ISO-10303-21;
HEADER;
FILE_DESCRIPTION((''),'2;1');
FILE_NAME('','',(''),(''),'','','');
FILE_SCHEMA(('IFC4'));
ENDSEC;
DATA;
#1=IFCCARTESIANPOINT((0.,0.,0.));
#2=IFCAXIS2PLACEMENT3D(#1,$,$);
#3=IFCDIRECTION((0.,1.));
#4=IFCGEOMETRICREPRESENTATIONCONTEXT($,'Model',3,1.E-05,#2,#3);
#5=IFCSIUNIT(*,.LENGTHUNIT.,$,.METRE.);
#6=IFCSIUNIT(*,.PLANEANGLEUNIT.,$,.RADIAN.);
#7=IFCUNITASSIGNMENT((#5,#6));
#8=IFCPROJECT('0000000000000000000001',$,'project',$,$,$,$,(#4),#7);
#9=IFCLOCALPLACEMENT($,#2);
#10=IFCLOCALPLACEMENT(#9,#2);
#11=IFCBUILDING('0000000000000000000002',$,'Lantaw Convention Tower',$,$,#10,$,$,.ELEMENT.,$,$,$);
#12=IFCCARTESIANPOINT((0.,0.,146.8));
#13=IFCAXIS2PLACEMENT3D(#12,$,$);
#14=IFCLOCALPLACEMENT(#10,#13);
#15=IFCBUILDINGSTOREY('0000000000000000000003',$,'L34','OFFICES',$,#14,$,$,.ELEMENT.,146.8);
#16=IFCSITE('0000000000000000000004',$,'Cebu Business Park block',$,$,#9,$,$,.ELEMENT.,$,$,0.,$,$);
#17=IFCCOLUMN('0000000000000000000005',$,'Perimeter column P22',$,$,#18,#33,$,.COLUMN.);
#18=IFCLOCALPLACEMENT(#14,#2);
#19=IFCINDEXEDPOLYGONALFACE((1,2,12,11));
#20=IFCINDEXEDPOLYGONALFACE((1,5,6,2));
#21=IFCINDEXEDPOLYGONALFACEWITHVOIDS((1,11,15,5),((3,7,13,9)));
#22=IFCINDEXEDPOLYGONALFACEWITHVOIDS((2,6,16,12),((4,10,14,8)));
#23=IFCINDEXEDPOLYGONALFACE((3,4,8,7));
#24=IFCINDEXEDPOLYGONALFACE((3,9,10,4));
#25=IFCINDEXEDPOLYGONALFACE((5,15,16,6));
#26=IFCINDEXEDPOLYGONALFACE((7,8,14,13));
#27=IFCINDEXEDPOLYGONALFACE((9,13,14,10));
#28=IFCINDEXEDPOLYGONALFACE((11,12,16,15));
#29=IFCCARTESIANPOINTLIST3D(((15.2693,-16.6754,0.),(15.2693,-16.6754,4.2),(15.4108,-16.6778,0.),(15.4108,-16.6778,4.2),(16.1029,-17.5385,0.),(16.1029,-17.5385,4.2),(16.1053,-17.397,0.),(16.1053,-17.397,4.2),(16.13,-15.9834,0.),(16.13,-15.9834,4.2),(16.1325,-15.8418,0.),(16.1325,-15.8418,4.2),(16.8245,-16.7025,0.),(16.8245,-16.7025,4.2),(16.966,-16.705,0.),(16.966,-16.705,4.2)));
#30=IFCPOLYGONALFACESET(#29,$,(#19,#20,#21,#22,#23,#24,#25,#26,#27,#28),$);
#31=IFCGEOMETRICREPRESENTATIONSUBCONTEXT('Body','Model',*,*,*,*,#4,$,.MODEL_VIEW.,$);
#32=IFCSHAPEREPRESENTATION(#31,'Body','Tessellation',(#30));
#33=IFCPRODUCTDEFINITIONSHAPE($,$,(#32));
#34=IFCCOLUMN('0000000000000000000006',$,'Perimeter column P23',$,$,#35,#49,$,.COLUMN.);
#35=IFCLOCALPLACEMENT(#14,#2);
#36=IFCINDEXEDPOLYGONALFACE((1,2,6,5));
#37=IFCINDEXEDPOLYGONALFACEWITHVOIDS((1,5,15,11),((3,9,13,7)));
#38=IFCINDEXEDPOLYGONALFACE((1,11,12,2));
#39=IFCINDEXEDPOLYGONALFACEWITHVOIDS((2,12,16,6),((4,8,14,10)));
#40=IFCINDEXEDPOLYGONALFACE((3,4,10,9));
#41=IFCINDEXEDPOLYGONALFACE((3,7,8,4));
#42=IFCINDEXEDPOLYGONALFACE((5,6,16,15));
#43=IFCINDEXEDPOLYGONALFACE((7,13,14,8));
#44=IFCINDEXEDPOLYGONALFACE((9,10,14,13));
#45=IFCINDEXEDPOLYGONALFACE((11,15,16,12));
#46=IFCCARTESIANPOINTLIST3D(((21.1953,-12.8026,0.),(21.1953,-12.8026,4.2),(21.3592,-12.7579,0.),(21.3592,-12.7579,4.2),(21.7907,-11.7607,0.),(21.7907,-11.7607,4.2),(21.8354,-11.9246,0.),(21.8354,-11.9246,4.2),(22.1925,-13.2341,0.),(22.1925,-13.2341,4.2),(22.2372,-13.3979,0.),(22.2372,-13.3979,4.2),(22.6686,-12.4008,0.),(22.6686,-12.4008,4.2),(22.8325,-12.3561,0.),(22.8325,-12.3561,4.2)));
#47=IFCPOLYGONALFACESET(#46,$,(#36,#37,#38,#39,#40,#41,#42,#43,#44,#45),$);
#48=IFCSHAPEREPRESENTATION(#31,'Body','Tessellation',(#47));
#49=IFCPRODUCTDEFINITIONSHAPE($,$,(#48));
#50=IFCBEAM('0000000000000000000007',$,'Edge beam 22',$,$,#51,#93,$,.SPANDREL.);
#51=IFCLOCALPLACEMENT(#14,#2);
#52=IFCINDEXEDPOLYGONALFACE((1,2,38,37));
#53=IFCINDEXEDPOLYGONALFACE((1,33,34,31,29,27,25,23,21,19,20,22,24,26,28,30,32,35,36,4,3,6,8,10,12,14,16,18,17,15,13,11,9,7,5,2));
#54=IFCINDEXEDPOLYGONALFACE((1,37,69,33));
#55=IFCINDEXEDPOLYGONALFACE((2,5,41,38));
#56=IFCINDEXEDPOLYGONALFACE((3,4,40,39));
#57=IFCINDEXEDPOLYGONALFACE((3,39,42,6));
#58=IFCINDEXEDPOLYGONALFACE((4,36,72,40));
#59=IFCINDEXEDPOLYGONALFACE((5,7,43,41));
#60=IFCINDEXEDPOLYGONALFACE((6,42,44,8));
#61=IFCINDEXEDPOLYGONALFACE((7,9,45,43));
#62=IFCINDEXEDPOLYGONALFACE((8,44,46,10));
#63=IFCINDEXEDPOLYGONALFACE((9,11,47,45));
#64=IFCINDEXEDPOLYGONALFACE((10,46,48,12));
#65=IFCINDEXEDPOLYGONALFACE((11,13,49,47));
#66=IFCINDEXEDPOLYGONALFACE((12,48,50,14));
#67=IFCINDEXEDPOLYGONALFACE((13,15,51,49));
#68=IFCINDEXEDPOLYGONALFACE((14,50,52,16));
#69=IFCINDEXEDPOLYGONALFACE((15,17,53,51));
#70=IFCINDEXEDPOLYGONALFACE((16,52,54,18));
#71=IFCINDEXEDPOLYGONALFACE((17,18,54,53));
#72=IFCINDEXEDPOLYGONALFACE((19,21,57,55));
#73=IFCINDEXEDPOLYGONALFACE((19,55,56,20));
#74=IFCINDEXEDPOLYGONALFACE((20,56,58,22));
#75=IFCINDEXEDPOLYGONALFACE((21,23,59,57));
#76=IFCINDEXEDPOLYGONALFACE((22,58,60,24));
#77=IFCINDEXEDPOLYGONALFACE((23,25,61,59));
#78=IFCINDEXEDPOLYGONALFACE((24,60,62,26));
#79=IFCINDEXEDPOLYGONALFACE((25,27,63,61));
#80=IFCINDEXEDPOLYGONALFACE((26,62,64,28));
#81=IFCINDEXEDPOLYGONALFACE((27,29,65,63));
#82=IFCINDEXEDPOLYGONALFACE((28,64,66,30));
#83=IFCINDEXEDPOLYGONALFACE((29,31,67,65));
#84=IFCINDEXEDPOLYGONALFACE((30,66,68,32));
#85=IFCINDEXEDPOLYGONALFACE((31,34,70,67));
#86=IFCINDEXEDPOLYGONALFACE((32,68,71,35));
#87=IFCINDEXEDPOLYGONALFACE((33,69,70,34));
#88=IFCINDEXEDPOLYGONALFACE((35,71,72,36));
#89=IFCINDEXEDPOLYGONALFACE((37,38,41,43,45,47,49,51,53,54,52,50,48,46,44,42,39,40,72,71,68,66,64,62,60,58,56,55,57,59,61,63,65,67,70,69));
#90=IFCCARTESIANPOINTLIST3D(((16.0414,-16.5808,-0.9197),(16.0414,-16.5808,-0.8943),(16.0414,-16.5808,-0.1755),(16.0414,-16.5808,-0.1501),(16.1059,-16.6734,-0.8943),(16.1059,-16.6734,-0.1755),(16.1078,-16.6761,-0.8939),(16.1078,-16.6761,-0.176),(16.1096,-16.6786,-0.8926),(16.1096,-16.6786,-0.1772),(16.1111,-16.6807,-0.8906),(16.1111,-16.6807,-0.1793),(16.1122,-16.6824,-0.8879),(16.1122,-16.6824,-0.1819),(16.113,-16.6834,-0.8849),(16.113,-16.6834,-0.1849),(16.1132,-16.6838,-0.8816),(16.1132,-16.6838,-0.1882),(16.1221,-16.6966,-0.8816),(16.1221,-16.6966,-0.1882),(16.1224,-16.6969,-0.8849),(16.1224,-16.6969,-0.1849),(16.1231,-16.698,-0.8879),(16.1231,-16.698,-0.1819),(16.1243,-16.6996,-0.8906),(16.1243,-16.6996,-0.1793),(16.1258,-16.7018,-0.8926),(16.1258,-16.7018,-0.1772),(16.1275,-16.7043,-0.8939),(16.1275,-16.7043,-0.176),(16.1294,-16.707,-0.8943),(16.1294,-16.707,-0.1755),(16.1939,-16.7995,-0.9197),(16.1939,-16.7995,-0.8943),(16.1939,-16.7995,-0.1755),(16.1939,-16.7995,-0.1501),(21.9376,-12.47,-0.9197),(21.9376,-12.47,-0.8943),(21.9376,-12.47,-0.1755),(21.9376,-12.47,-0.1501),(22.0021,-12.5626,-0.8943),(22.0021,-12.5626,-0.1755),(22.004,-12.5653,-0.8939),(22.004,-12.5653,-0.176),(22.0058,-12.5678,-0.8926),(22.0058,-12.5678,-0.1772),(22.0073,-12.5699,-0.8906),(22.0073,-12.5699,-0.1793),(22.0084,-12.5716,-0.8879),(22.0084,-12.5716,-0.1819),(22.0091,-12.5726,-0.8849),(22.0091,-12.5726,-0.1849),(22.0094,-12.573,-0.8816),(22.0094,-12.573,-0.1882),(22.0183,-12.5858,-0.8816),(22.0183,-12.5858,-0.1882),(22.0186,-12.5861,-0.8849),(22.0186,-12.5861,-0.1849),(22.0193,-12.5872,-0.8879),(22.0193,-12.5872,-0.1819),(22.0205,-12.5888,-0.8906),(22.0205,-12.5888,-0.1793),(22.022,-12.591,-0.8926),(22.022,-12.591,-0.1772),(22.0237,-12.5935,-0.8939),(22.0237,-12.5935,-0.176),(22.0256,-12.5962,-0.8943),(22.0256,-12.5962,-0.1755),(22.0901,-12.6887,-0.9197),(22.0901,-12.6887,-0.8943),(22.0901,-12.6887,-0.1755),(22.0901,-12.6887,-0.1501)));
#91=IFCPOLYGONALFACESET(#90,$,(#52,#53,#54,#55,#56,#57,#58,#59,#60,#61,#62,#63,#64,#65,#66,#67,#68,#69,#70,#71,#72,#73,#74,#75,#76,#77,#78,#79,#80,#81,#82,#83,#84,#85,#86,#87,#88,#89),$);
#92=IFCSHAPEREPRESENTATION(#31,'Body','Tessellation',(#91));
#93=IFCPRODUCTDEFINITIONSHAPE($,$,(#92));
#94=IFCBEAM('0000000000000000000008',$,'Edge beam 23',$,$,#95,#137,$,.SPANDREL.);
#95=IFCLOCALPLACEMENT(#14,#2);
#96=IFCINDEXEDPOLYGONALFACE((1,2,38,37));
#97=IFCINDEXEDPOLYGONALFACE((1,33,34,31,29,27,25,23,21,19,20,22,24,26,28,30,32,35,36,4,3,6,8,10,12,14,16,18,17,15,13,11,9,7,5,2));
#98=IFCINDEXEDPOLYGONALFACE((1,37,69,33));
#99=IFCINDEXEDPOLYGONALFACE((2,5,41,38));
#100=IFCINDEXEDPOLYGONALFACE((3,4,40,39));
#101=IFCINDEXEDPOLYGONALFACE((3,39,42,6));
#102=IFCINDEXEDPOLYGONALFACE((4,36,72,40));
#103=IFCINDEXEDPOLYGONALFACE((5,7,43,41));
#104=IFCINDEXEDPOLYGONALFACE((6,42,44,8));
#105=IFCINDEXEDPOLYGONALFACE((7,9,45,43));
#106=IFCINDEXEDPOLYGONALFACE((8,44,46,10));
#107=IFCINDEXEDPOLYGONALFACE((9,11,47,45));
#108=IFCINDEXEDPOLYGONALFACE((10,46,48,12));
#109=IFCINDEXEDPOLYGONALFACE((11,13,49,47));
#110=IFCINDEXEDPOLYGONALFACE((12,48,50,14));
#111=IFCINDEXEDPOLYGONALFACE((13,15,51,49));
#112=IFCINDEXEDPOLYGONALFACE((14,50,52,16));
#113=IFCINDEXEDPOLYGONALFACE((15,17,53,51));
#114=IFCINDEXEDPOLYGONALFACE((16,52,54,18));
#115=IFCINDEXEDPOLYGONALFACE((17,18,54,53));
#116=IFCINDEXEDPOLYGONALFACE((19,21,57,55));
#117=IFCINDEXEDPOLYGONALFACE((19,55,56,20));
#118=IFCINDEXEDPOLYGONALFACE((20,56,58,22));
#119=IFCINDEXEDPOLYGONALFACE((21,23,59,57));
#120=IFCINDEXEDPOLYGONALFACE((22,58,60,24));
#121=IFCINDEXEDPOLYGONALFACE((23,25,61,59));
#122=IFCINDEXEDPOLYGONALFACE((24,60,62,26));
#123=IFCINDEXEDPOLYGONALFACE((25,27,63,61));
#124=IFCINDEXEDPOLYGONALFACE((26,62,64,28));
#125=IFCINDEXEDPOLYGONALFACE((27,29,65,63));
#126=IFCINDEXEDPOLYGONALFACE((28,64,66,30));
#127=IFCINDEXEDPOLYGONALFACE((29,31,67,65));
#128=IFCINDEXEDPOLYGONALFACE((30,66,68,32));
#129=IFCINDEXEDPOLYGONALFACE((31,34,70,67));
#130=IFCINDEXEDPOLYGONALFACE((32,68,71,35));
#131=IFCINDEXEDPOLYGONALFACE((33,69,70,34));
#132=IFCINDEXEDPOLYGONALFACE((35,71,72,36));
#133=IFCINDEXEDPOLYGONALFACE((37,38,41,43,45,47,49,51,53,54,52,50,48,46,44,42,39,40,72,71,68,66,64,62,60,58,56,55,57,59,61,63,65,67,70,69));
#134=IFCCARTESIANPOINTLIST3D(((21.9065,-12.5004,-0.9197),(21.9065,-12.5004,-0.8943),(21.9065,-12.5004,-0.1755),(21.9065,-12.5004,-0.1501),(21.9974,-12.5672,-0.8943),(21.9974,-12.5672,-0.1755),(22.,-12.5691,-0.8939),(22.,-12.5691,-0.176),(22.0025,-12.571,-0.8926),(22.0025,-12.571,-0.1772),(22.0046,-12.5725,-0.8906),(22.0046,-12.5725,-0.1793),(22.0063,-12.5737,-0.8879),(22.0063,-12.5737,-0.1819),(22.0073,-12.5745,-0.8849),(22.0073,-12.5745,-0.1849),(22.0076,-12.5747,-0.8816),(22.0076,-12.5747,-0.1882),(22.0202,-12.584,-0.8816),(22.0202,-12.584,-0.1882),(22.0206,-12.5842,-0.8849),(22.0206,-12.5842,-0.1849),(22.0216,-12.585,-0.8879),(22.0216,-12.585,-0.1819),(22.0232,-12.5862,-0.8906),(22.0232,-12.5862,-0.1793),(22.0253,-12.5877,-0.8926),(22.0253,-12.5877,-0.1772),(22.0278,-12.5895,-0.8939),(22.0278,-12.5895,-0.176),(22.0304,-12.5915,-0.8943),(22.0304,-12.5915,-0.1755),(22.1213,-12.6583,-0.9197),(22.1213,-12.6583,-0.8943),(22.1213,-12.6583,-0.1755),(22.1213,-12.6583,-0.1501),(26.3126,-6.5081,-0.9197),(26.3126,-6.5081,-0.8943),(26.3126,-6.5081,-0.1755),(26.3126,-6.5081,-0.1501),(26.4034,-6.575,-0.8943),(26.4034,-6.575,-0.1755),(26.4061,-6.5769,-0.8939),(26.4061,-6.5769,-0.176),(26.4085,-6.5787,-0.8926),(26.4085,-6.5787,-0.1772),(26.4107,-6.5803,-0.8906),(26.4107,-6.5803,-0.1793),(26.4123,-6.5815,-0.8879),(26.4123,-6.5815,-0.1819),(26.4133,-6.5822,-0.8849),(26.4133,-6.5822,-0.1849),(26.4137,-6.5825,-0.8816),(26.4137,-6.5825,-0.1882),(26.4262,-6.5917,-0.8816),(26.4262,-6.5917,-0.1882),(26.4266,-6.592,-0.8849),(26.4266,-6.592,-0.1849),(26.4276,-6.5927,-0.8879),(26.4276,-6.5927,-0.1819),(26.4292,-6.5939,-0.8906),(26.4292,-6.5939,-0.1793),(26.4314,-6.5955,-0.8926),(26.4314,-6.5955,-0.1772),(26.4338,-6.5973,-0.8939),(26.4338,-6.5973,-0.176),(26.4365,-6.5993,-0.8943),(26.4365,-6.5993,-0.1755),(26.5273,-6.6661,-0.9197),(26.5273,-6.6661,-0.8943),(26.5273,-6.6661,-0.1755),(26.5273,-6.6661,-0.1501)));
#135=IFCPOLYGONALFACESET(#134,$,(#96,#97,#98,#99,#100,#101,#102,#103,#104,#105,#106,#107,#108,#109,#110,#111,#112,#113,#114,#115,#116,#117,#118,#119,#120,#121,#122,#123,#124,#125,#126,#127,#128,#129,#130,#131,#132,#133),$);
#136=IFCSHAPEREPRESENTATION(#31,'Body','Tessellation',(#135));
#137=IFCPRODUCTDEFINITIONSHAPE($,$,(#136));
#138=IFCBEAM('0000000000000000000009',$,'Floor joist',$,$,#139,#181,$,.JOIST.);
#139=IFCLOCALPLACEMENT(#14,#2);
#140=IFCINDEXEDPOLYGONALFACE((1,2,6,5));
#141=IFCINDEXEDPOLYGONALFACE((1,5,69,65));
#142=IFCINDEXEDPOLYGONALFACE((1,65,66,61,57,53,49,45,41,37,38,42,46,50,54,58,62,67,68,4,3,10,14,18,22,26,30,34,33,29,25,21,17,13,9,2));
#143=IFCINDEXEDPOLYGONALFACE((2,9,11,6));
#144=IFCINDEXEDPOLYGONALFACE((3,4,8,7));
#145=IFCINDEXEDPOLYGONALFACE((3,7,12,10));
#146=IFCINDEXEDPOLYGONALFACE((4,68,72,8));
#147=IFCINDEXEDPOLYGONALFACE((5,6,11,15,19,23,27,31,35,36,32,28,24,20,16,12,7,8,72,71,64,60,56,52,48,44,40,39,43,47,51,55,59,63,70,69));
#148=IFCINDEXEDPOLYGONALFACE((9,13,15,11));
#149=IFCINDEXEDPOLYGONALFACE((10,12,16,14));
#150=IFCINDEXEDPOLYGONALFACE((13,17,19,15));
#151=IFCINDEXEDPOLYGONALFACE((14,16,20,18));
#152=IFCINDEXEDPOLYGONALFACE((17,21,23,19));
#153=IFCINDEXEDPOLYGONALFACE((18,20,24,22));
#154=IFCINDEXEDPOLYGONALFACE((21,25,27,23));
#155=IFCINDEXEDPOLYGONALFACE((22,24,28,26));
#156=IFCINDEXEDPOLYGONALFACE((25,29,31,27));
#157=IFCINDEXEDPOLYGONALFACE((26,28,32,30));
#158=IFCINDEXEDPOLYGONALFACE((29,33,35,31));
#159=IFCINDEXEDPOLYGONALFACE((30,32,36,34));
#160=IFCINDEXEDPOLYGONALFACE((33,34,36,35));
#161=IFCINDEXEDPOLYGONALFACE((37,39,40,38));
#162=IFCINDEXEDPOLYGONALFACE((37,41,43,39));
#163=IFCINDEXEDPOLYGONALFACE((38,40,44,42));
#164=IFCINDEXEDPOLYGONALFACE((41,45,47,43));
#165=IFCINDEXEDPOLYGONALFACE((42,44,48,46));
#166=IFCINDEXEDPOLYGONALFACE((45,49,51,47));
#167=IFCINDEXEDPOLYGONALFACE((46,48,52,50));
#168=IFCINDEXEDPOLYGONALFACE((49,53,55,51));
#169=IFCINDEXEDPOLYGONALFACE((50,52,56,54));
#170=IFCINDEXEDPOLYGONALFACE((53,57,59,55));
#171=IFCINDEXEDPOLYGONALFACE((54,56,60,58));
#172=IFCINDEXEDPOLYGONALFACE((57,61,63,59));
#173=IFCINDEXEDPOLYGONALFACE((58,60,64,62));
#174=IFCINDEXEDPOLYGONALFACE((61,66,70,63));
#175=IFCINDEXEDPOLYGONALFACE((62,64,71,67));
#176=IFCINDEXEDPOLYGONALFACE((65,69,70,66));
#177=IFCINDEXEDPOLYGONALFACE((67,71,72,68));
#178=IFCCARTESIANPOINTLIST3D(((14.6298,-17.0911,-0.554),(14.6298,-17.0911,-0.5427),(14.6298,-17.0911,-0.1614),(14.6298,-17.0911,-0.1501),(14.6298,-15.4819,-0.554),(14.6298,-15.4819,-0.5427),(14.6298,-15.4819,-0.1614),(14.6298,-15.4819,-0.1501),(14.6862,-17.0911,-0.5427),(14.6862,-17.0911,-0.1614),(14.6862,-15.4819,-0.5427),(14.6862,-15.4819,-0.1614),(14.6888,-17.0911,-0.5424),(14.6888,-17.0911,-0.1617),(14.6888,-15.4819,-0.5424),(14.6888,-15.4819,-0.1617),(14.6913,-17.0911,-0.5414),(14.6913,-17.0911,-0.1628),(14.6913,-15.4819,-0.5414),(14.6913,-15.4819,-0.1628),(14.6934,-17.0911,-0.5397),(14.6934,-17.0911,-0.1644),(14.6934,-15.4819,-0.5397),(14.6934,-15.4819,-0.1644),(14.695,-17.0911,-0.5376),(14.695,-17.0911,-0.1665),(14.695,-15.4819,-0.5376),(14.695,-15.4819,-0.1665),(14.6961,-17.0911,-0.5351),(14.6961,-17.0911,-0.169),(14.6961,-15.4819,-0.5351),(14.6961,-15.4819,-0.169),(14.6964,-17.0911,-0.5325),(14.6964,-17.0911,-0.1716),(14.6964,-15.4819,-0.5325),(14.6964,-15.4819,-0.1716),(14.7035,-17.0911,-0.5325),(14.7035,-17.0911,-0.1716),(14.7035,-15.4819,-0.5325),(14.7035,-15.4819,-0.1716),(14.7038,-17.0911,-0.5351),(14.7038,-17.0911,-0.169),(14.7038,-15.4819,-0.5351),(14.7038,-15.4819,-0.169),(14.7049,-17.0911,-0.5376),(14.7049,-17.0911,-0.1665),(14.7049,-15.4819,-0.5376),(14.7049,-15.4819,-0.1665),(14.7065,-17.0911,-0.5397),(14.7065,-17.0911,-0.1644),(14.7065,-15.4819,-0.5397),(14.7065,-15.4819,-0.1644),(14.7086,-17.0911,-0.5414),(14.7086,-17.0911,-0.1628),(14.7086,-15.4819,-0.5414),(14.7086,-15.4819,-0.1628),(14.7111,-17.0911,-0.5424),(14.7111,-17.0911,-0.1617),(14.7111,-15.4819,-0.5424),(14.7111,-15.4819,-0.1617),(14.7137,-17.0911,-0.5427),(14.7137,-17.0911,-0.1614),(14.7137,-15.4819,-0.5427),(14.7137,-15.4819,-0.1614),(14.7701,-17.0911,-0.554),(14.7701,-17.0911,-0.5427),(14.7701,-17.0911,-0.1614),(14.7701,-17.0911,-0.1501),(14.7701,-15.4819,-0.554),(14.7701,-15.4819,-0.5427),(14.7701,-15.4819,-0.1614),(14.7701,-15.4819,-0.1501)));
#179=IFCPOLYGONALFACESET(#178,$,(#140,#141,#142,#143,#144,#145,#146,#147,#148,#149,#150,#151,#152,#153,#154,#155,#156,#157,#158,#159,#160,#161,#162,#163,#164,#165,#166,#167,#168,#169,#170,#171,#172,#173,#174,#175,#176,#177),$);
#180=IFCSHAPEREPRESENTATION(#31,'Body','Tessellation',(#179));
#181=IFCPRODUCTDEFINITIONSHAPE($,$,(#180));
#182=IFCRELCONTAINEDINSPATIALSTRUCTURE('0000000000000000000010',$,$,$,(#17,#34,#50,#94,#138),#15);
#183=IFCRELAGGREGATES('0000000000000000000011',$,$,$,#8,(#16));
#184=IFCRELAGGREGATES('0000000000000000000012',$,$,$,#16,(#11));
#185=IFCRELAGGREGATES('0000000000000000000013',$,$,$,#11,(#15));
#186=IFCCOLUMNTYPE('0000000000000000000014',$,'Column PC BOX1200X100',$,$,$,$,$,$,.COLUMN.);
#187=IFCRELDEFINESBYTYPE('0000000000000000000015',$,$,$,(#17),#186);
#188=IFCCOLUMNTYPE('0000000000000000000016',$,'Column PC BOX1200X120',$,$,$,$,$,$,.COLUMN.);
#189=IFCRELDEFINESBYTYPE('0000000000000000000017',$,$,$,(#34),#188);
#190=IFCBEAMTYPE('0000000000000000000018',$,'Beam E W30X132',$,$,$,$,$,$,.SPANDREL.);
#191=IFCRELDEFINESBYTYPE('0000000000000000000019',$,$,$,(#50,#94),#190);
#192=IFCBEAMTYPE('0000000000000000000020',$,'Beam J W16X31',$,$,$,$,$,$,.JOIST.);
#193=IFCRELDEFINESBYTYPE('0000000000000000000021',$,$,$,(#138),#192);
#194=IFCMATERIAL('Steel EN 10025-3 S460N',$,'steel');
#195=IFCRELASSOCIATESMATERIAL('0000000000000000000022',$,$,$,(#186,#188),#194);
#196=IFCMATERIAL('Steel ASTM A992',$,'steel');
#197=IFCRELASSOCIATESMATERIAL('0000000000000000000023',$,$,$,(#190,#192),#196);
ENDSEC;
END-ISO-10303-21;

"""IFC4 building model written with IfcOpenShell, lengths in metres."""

from ifc_helpers import new_model, si_unit, direction, frame, origin, origin_2d, place, context, subcontext, project, spatial, rectangle, hollow_rectangle, i_section, extrude, material, material_profile, profile_set, type_object, element, save


model = new_model("IFC4")

# Units and contexts
model_context = context("Model", 3, precision=1e-05, world=origin(), true_north=direction((0.0, 1.0)))
body_context = subcontext(model_context, "Body", "Model", "MODEL_VIEW")
ifc_project = project(units=[si_unit("LENGTHUNIT", "METRE"), si_unit("PLANEANGLEUNIT", "RADIAN")], contexts=[model_context])

# Site, building, storey
site_placement = place(None, origin())
site = spatial("IfcSite", under=ifc_project, at=site_placement, Name="Cebu Business Park block", CompositionType="ELEMENT", RefElevation=0.0)
building_placement = place(site_placement, origin())
building = spatial("IfcBuilding", under=site, at=building_placement, Name="Lantaw Convention Tower", CompositionType="ELEMENT")
storey_placement = place(building_placement, frame((0.0, 0.0, 146.8)))
storey = spatial("IfcBuildingStorey", under=building, at=storey_placement, Name="L34", Description="OFFICES", CompositionType="ELEMENT", Elevation=146.8)

# Columns
ifc_material_1 = material(Name="Steel EN 10025-3 S460N", Category="steel")
ifc_material_profile_1 = material_profile(ifc_material_1, hollow_rectangle(XDim=1.2, YDim=1.2, WallThickness=0.1001, at=origin_2d()), Name="BOX1200X100")
ifc_material_2 = material(Name="Concrete C60/75", Category="concrete")
ifc_material_profile_2 = material_profile(ifc_material_2, rectangle(XDim=1.0, YDim=1.0, at=origin_2d()), Name="Concrete fill of BOX1200X100")
ifc_profile_set_1 = profile_set([ifc_material_profile_1, ifc_material_profile_2], Name="Steel EN 10025-3 S460N")
column_type_1 = type_object("IfcColumnType", Name="Column PC BOX1200X100", PredefinedType="COLUMN", material=ifc_profile_set_1)
column_1_placement = place(storey_placement, frame((16.1177, -16.6902, 0.0), z_axis=(0.0, 0.0, 1.0), x_axis=(0.71934, 0.694658, 0.0)))
element("IfcColumn", 1, at=column_1_placement, inside=storey, type_object=column_type_1, Name="Perimeter column P22", PredefinedType="COLUMN", context=body_context, shape_type="SweptSolid", body=[
    extrude(hollow_rectangle(XDim=1.2, YDim=1.2, WallThickness=0.1001, at=origin_2d()), origin(), (0.0, 0.0, 1.0), 4.2),
])
ifc_material_profile_3 = material_profile(ifc_material_1, hollow_rectangle(XDim=1.2, YDim=1.2, WallThickness=0.1201, at=origin_2d()), Name="BOX1200X120")
ifc_material_profile_4 = material_profile(ifc_material_2, rectangle(XDim=0.96, YDim=0.96, at=origin_2d()), Name="Concrete fill of BOX1200X120")
ifc_profile_set_2 = profile_set([ifc_material_profile_3, ifc_material_profile_4], Name="Steel EN 10025-3 S460N")
column_type_2 = type_object("IfcColumnType", Name="Column PC BOX1200X120", PredefinedType="COLUMN", material=ifc_profile_set_2)
column_2_placement = place(storey_placement, frame((22.0139, -12.5793, 0.0), z_axis=(0.0, 0.0, 1.0), x_axis=(0.496139, 0.868243, 0.0)))
element("IfcColumn", 2, at=column_2_placement, inside=storey, type_object=column_type_2, Name="Perimeter column P23", PredefinedType="COLUMN", context=body_context, shape_type="SweptSolid", body=[
    extrude(hollow_rectangle(XDim=1.2, YDim=1.2, WallThickness=0.1201, at=origin_2d()), origin(), (0.0, 0.0, 1.0), 4.2),
])

# Beams
ifc_material_3 = material(Name="Steel ASTM A992", Category="steel")
ifc_material_profile_5 = material_profile(ifc_material_3, i_section(OverallWidth=0.2666, OverallDepth=0.7695, WebThickness=0.0156, FlangeThickness=0.0254, FilletRadius=0.0127, at=origin_2d()), Name="W30X132")
ifc_profile_set_3 = profile_set([ifc_material_profile_5], Name="Steel ASTM A992")
beam_type_1 = type_object("IfcBeamType", Name="Beam E W30X132", PredefinedType="SPANDREL", material=ifc_profile_set_3)
beam_1_placement = place(storey_placement, frame((16.1177, -16.6902, -0.5349), z_axis=(0.820311, 0.571918, 0.0), x_axis=(-0.571918, 0.820311, 0.0)))
element("IfcBeam", 3, at=beam_1_placement, inside=storey, type_object=beam_type_1, Name="Edge beam 22", PredefinedType="SPANDREL", context=body_context, shape_type="SweptSolid", body=[
    extrude(i_section(OverallWidth=0.2666, OverallDepth=0.7695, WebThickness=0.0156, FlangeThickness=0.0254, FilletRadius=0.0127, at=origin_2d()), origin(), (0.0, 0.0, 1.0), 7.1877),
])
beam_2_placement = place(storey_placement, frame((22.0139, -12.5793, -0.5349), z_axis=(0.592389, 0.805652, 0.0), x_axis=(-0.805652, 0.592389, 0.0)))
element("IfcBeam", 4, at=beam_2_placement, inside=storey, type_object=beam_type_1, Name="Edge beam 23", PredefinedType="SPANDREL", context=body_context, shape_type="SweptSolid", body=[
    extrude(i_section(OverallWidth=0.2666, OverallDepth=0.7695, WebThickness=0.0156, FlangeThickness=0.0254, FilletRadius=0.0127, at=origin_2d()), origin(), (0.0, 0.0, 1.0), 7.4377),
])
ifc_material_profile_6 = material_profile(ifc_material_3, i_section(OverallWidth=0.1404, OverallDepth=0.4038, WebThickness=0.0071, FlangeThickness=0.0112, FilletRadius=0.0103, at=origin_2d()), Name="W16X31")
ifc_profile_set_4 = profile_set([ifc_material_profile_6], Name="Steel ASTM A992")
beam_type_2 = type_object("IfcBeamType", Name="Beam J W16X31", PredefinedType="JOIST", material=ifc_profile_set_4)
beam_3_placement = place(storey_placement, frame((14.7, -17.0911, -0.3521), z_axis=(0.0, 1.0, 0.0), x_axis=(-1.0, 0.0, 0.0)))
element("IfcBeam", 5, at=beam_3_placement, inside=storey, type_object=beam_type_2, Name="Floor joist", PredefinedType="JOIST", context=body_context, shape_type="SweptSolid", body=[
    extrude(i_section(OverallWidth=0.1404, OverallDepth=0.4038, WebThickness=0.0071, FlangeThickness=0.0112, FilletRadius=0.0103, at=origin_2d()), origin(), (0.0, 0.0, 1.0), 1.6091),
])

save(model, "model.ifc")
